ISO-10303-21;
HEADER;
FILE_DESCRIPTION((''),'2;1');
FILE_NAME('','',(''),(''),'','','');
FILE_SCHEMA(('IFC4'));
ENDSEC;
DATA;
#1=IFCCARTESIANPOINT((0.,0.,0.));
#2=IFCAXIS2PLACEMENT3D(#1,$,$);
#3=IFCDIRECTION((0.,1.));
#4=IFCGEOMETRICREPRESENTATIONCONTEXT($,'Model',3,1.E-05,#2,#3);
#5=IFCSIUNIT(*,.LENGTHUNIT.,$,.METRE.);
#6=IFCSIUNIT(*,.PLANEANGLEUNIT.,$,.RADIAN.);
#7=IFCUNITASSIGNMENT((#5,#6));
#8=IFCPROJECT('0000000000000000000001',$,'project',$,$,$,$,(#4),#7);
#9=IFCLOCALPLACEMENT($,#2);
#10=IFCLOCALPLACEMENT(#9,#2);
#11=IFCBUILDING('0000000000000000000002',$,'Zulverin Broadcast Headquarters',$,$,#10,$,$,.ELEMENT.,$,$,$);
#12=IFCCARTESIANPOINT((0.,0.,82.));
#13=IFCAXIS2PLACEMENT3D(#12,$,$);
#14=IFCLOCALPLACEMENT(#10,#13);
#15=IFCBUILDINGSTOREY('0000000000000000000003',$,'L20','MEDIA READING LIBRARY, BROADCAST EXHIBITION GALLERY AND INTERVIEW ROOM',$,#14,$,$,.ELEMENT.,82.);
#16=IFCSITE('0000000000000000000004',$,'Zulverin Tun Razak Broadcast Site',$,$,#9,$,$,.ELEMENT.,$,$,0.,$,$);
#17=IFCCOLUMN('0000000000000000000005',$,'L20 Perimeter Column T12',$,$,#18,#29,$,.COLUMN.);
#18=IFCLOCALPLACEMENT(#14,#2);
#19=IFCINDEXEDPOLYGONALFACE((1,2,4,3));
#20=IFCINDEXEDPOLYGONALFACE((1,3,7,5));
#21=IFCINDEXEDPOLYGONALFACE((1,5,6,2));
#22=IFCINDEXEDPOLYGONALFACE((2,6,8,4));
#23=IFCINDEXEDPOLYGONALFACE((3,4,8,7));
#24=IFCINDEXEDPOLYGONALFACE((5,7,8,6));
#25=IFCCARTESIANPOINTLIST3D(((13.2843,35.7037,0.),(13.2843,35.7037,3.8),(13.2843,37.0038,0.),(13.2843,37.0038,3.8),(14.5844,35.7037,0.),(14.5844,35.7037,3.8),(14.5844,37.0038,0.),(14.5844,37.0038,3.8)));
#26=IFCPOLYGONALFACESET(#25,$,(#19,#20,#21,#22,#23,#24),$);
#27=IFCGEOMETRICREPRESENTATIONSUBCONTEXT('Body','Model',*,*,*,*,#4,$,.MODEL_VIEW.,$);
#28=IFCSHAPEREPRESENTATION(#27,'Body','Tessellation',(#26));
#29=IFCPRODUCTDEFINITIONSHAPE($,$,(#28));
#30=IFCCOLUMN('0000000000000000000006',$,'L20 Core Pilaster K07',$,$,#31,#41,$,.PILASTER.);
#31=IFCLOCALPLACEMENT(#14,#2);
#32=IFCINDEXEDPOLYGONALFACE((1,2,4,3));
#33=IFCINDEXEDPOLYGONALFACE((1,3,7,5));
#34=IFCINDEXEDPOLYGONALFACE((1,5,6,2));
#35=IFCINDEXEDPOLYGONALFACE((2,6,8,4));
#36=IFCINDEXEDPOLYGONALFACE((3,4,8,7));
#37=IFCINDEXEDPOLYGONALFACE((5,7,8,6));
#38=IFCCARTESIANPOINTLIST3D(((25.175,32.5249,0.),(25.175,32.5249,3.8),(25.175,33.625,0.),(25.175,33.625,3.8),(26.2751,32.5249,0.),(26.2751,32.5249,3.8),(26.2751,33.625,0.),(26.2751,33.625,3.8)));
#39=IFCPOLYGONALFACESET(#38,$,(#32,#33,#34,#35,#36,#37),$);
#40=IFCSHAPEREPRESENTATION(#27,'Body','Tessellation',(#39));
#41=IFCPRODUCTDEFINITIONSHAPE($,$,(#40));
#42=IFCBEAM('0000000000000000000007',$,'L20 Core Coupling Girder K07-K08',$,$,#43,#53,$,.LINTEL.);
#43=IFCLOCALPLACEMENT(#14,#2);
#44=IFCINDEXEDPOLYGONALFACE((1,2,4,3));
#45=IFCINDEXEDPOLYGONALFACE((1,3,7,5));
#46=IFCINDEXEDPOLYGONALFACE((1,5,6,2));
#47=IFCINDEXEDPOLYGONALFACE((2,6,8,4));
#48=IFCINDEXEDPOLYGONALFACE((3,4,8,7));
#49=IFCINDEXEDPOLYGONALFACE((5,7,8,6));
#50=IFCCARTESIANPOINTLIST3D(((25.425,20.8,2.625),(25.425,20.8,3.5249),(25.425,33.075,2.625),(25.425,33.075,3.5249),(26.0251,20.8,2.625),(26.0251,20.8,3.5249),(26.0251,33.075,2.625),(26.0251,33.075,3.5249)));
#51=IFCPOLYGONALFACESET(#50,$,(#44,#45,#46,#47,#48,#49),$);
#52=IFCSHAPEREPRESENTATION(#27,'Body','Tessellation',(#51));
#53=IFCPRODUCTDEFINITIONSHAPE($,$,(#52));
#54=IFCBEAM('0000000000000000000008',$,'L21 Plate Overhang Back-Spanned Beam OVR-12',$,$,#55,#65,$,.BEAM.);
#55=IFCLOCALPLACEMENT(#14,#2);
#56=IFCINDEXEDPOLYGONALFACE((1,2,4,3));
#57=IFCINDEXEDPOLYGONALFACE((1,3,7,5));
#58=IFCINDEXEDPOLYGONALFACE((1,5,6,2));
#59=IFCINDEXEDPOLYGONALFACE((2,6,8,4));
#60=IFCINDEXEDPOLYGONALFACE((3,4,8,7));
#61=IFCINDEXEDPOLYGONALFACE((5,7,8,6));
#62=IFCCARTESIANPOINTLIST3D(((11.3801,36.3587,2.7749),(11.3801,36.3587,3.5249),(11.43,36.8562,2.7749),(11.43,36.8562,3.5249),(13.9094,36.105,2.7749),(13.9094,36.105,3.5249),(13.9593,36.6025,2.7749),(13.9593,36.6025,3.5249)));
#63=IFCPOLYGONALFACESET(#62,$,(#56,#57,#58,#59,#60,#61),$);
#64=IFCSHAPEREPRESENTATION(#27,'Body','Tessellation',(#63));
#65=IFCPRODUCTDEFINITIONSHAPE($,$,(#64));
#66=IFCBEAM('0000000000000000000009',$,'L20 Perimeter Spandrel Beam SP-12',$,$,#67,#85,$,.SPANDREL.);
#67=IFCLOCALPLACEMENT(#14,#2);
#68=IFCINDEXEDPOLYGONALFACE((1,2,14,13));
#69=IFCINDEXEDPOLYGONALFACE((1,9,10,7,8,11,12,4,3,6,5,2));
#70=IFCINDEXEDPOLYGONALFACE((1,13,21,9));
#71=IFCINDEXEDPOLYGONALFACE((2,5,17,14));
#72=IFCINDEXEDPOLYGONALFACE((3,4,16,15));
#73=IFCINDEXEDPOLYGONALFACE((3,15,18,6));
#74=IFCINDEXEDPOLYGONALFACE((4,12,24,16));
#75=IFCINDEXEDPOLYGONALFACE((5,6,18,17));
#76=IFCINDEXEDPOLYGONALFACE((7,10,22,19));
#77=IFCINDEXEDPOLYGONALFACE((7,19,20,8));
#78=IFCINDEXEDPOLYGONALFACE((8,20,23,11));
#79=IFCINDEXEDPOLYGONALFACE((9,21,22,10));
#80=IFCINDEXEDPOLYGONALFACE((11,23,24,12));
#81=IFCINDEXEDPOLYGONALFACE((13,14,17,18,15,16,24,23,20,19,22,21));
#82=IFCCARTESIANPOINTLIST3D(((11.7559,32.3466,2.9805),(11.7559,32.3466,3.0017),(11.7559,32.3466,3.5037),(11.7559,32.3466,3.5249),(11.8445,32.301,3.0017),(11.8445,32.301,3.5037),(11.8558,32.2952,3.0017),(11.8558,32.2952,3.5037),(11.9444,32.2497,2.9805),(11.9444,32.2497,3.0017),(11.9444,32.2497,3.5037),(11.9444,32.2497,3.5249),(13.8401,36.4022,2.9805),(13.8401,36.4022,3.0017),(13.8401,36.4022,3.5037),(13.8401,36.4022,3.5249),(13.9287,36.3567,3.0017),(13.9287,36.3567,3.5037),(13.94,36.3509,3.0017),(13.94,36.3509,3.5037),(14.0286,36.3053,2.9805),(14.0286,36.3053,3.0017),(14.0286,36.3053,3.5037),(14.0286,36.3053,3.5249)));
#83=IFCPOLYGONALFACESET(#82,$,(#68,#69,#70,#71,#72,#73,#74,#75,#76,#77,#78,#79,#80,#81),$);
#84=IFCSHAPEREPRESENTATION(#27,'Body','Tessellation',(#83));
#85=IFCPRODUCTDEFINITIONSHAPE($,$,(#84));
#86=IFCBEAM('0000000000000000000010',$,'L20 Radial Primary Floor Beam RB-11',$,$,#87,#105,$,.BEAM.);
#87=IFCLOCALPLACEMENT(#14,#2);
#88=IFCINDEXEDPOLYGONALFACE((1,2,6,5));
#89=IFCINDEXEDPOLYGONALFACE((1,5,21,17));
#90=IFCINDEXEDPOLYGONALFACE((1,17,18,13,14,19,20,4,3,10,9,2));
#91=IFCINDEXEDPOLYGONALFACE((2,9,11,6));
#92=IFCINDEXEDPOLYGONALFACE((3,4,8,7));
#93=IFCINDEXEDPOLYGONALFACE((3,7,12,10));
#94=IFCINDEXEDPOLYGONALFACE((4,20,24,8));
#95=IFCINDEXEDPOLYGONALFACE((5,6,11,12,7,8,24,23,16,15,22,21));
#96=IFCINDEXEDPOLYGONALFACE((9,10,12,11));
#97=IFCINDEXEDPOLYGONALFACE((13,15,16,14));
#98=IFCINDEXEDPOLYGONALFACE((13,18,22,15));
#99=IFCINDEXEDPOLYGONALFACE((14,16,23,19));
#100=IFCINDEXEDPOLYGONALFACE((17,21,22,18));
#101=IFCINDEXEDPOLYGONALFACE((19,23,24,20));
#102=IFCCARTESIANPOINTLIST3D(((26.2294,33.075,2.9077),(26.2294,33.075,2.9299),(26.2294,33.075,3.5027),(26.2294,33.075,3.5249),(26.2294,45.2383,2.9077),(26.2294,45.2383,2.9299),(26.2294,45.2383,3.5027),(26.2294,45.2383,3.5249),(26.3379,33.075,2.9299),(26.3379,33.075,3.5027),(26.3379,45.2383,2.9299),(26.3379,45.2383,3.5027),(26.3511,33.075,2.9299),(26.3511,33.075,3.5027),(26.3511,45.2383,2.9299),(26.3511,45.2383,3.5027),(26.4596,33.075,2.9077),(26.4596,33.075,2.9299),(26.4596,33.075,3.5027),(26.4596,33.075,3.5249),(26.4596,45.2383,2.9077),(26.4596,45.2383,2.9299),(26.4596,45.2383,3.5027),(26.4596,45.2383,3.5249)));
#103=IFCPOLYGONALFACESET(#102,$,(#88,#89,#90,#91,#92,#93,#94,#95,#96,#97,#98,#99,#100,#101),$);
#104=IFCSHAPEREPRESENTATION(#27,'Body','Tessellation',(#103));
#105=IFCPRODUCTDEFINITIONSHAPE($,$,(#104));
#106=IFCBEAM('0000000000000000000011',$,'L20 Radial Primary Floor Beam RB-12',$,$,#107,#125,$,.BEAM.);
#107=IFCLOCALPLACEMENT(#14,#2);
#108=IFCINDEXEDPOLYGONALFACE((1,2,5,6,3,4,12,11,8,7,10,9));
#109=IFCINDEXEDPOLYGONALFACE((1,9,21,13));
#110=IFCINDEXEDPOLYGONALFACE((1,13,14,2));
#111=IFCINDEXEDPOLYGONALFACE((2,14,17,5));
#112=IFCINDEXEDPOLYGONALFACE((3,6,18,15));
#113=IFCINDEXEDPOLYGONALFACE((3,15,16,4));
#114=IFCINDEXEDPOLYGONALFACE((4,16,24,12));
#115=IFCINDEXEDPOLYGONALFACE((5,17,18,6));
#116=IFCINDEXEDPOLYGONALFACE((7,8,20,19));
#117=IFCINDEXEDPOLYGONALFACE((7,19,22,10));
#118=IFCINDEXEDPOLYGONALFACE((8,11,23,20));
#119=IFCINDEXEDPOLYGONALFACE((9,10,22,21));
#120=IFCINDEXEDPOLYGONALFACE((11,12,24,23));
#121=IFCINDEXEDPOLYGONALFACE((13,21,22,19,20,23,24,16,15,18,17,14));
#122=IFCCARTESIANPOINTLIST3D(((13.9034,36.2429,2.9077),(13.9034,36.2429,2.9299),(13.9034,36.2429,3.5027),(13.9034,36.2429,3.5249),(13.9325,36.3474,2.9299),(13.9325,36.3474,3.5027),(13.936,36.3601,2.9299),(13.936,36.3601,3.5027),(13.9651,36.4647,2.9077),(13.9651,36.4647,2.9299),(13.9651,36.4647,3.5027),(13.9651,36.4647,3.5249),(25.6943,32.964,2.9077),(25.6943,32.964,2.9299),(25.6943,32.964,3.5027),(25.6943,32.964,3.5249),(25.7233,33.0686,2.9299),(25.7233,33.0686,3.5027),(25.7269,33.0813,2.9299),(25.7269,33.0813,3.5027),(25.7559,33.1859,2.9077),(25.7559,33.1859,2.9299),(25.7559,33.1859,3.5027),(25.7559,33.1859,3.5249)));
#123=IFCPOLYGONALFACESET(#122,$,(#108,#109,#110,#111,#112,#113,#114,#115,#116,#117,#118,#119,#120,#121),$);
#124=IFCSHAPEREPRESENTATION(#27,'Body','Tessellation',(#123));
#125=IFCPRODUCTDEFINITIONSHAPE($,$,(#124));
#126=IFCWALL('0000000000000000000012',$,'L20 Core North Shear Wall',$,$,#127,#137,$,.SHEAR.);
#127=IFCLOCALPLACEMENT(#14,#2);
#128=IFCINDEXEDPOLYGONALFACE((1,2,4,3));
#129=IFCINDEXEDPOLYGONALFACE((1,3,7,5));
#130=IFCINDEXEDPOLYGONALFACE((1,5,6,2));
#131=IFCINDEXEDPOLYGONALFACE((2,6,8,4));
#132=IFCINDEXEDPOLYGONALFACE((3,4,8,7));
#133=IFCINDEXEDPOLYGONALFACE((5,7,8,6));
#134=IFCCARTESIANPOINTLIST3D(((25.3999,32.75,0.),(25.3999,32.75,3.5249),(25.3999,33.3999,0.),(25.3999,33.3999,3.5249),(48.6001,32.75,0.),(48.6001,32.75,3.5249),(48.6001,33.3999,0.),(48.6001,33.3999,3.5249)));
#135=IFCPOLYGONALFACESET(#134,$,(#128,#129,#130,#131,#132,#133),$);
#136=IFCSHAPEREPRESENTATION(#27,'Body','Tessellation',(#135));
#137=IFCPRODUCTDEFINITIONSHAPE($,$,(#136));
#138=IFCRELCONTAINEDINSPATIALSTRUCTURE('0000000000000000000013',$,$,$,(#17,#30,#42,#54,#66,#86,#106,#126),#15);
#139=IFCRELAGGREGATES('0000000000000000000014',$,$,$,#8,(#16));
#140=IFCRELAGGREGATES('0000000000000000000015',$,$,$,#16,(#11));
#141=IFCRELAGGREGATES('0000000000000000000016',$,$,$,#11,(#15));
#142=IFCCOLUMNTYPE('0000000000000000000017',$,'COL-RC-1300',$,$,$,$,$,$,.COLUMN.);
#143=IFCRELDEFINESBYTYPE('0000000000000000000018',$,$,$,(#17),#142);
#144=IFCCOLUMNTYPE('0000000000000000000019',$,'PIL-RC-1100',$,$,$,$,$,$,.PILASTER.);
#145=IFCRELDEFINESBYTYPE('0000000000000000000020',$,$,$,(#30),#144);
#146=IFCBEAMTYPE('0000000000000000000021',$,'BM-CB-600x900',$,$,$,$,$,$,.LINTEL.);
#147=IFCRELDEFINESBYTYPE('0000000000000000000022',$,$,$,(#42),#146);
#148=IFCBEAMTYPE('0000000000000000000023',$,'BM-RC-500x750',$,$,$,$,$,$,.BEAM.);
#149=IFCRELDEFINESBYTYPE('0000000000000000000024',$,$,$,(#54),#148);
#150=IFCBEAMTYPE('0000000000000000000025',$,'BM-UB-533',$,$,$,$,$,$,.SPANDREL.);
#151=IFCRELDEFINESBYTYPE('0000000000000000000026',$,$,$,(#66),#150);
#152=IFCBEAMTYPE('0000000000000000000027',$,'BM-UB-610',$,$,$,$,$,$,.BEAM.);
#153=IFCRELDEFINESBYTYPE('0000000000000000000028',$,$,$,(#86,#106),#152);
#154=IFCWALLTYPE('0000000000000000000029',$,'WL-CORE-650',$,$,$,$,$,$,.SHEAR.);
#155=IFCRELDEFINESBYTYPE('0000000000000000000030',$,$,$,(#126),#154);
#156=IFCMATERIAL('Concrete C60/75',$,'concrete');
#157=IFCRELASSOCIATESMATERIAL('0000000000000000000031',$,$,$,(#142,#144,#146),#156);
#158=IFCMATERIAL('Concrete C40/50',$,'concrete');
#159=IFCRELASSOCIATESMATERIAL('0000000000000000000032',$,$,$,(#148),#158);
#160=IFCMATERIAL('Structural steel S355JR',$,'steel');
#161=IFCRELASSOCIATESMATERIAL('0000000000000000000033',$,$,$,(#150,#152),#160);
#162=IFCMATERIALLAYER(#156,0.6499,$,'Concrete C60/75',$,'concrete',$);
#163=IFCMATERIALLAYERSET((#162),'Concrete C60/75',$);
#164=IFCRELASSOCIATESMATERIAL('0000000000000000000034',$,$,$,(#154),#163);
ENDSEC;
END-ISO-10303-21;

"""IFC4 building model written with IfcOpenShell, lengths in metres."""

from ifc_helpers import new_model, si_unit, direction, frame, frame_2d, origin, origin_2d, place, context, subcontext, project, spatial, rectangle, i_section, extrude, material, layer, layer_set, material_profile, profile_set, type_object, element, save


model = new_model("IFC4")

# Units and contexts
model_context = context("Model", 3, precision=1e-05, world=origin(), true_north=direction((0.0, 1.0)))
body_context = subcontext(model_context, "Body", "Model", "MODEL_VIEW")
ifc_project = project(units=[si_unit("LENGTHUNIT", "METRE"), si_unit("PLANEANGLEUNIT", "RADIAN")], contexts=[model_context])

# Site, building, storey
site_placement = place(None, origin())
site = spatial("IfcSite", under=ifc_project, at=site_placement, Name="Zulverin Tun Razak Broadcast Site", CompositionType="ELEMENT", RefElevation=0.0)
building_placement = place(site_placement, origin())
building = spatial("IfcBuilding", under=site, at=building_placement, Name="Zulverin Broadcast Headquarters", CompositionType="ELEMENT")
storey_placement = place(building_placement, frame((0.0, 0.0, 82.0)))
storey = spatial("IfcBuildingStorey", under=building, at=storey_placement, Name="L20", Description="MEDIA READING LIBRARY, BROADCAST EXHIBITION GALLERY AND INTERVIEW ROOM", CompositionType="ELEMENT", Elevation=82.0)

# Columns
ifc_material_1 = material(Name="Concrete C60/75", Category="concrete")
ifc_material_profile_1 = material_profile(ifc_material_1, rectangle(XDim=1.3, YDim=1.3, at=origin_2d()), Name="Concrete C60/75", Category="concrete")
ifc_profile_set_1 = profile_set([ifc_material_profile_1], Name="Concrete C60/75")
column_type_1 = type_object("IfcColumnType", Name="COL-RC-1300", PredefinedType="COLUMN", material=ifc_profile_set_1)
column_1_placement = place(storey_placement, frame((13.9343, 36.3538, 0.0), z_axis=(0.0, 0.0, 1.0), x_axis=(1.0, 0.0, 0.0)))
element("IfcColumn", 1, at=column_1_placement, inside=storey, type_object=column_type_1, Name="L20 Perimeter Column T12", PredefinedType="COLUMN", context=body_context, shape_type="SweptSolid", body=[
    extrude(rectangle(XDim=1.3, YDim=1.3, at=origin_2d()), origin(), (0.0, 0.0, 1.0), 3.8),
])
ifc_material_profile_2 = material_profile(ifc_material_1, rectangle(XDim=1.1001, YDim=1.1001, at=origin_2d()), Name="Concrete C60/75", Category="concrete")
ifc_profile_set_2 = profile_set([ifc_material_profile_2], Name="Concrete C60/75")
column_type_2 = type_object("IfcColumnType", Name="PIL-RC-1100", PredefinedType="PILASTER", material=ifc_profile_set_2)
column_2_placement = place(storey_placement, frame((25.7251, 33.075, 0.0), z_axis=(0.0, 0.0, 1.0), x_axis=(1.0, 0.0, 0.0)))
element("IfcColumn", 2, at=column_2_placement, inside=storey, type_object=column_type_2, Name="L20 Core Pilaster K07", PredefinedType="PILASTER", context=body_context, shape_type="SweptSolid", body=[
    extrude(rectangle(XDim=1.1001, YDim=1.1001, at=origin_2d()), origin(), (0.0, 0.0, 1.0), 3.8),
])

# Beams
ifc_material_profile_3 = material_profile(ifc_material_1, rectangle(XDim=0.6001, YDim=0.8999, at=origin_2d()), Name="Concrete C60/75", Category="concrete")
ifc_profile_set_3 = profile_set([ifc_material_profile_3], Name="Concrete C60/75")
beam_type_1 = type_object("IfcBeamType", Name="BM-CB-600x900", PredefinedType="LINTEL", material=ifc_profile_set_3)
beam_1_placement = place(storey_placement, frame((25.7251, 33.075, 3.075), z_axis=(0.0, -1.0, 0.0), x_axis=(1.0, 0.0, 0.0)))
element("IfcBeam", 3, at=beam_1_placement, inside=storey, type_object=beam_type_1, Name="L20 Core Coupling Girder K07-K08", PredefinedType="LINTEL", context=body_context, shape_type="SweptSolid", body=[
    extrude(rectangle(XDim=0.6001, YDim=0.8999, at=origin_2d()), origin(), (0.0, 0.0, 1.0), 12.2749),
])
ifc_material_2 = material(Name="Concrete C40/50", Category="concrete")
ifc_material_profile_4 = material_profile(ifc_material_2, rectangle(XDim=0.5, YDim=0.75, at=origin_2d()), Name="Concrete C40/50", Category="concrete")
ifc_profile_set_4 = profile_set([ifc_material_profile_4], Name="Concrete C40/50")
beam_type_2 = type_object("IfcBeamType", Name="BM-RC-500x750", PredefinedType="BEAM", material=ifc_profile_set_4)
beam_2_placement = place(storey_placement, frame((13.9343, 36.3538, 3.1499), z_axis=(-0.995009, 0.099789, 0.0), x_axis=(-0.099789, -0.995009, 0.0)))
element("IfcBeam", 4, at=beam_2_placement, inside=storey, type_object=beam_type_2, Name="L21 Plate Overhang Back-Spanned Beam OVR-12", PredefinedType="BEAM", context=body_context, shape_type="SweptSolid", body=[
    extrude(rectangle(XDim=0.5, YDim=0.75, at=origin_2d()), origin(), (0.0, 0.0, 1.0), 2.542),
])
ifc_material_3 = material(Name="Structural steel S355JR", Category="steel")
ifc_material_profile_5 = material_profile(ifc_material_3, i_section(OverallWidth=0.2119, OverallDepth=0.5444, WebThickness=0.0127, FlangeThickness=0.0212, at=origin_2d()), Name="Structural steel S355JR", Category="steel")
ifc_profile_set_5 = profile_set([ifc_material_profile_5], Name="Structural steel S355JR")
beam_type_3 = type_object("IfcBeamType", Name="BM-UB-533", PredefinedType="SPANDREL", material=ifc_profile_set_5)
beam_3_placement = place(storey_placement, frame((13.9343, 36.3538, 3.2527), z_axis=(-0.457081, -0.889425, 0.0), x_axis=(0.889425, -0.457081, 0.0)))
element("IfcBeam", 5, at=beam_3_placement, inside=storey, type_object=beam_type_3, Name="L20 Perimeter Spandrel Beam SP-12", PredefinedType="SPANDREL", context=body_context, shape_type="SweptSolid", body=[
    extrude(i_section(OverallWidth=0.2119, OverallDepth=0.5444, WebThickness=0.0127, FlangeThickness=0.0212, at=origin_2d()), origin(), (0.0, 0.0, 1.0), 4.5598),
])
ifc_material_profile_6 = material_profile(ifc_material_3, i_section(OverallWidth=0.2302, OverallDepth=0.6172, WebThickness=0.0132, FlangeThickness=0.0222, at=origin_2d()), Name="Structural steel S355JR", Category="steel")
ifc_profile_set_6 = profile_set([ifc_material_profile_6], Name="Structural steel S355JR")
beam_type_4 = type_object("IfcBeamType", Name="BM-UB-610", PredefinedType="BEAM", material=ifc_profile_set_6)
beam_4_placement = place(storey_placement, frame((26.3445, 33.075, 3.2163), z_axis=(0.0, 1.0, 0.0), x_axis=(-1.0, 0.0, 0.0)))
element("IfcBeam", 6, at=beam_4_placement, inside=storey, type_object=beam_type_4, Name="L20 Radial Primary Floor Beam RB-11", PredefinedType="BEAM", context=body_context, shape_type="SweptSolid", body=[
    extrude(i_section(OverallWidth=0.2302, OverallDepth=0.6172, WebThickness=0.0132, FlangeThickness=0.0222, at=origin_2d()), origin(), (0.0, 0.0, 1.0), 12.1633),
])
beam_5_placement = place(storey_placement, frame((25.7251, 33.075, 3.2163), z_axis=(-0.963442, 0.267917, 0.0), x_axis=(-0.267917, -0.963442, 0.0)))
element("IfcBeam", 7, at=beam_5_placement, inside=storey, type_object=beam_type_4, Name="L20 Radial Primary Floor Beam RB-12", PredefinedType="BEAM", context=body_context, shape_type="SweptSolid", body=[
    extrude(i_section(OverallWidth=0.2302, OverallDepth=0.6172, WebThickness=0.0132, FlangeThickness=0.0222, at=origin_2d()), origin(), (0.0, 0.0, 1.0), 12.2383),
])

# Wall
ifc_layer_1 = layer(ifc_material_1, 0.6499, Name="Concrete C60/75", Category="concrete")
ifc_layer_set_1 = layer_set([ifc_layer_1], Name="Concrete C60/75")
wall_type_1 = type_object("IfcWallType", Name="WL-CORE-650", PredefinedType="SHEAR", material=ifc_layer_set_1)
wall_1_placement = place(storey_placement, frame((25.3999, 33.075, 0.0), z_axis=(0.0, 0.0, 1.0), x_axis=(1.0, 0.0, 0.0)))
element("IfcWall", 8, at=wall_1_placement, inside=storey, type_object=wall_type_1, Name="L20 Core North Shear Wall", PredefinedType="SHEAR", context=body_context, shape_type="SweptSolid", body=[
    extrude(rectangle(XDim=23.2002, YDim=0.6499, at=frame_2d((11.6001, 0.0))), origin(), (0.0, 0.0, 1.0), 3.5249),
])

save(model, "model.ifc")
